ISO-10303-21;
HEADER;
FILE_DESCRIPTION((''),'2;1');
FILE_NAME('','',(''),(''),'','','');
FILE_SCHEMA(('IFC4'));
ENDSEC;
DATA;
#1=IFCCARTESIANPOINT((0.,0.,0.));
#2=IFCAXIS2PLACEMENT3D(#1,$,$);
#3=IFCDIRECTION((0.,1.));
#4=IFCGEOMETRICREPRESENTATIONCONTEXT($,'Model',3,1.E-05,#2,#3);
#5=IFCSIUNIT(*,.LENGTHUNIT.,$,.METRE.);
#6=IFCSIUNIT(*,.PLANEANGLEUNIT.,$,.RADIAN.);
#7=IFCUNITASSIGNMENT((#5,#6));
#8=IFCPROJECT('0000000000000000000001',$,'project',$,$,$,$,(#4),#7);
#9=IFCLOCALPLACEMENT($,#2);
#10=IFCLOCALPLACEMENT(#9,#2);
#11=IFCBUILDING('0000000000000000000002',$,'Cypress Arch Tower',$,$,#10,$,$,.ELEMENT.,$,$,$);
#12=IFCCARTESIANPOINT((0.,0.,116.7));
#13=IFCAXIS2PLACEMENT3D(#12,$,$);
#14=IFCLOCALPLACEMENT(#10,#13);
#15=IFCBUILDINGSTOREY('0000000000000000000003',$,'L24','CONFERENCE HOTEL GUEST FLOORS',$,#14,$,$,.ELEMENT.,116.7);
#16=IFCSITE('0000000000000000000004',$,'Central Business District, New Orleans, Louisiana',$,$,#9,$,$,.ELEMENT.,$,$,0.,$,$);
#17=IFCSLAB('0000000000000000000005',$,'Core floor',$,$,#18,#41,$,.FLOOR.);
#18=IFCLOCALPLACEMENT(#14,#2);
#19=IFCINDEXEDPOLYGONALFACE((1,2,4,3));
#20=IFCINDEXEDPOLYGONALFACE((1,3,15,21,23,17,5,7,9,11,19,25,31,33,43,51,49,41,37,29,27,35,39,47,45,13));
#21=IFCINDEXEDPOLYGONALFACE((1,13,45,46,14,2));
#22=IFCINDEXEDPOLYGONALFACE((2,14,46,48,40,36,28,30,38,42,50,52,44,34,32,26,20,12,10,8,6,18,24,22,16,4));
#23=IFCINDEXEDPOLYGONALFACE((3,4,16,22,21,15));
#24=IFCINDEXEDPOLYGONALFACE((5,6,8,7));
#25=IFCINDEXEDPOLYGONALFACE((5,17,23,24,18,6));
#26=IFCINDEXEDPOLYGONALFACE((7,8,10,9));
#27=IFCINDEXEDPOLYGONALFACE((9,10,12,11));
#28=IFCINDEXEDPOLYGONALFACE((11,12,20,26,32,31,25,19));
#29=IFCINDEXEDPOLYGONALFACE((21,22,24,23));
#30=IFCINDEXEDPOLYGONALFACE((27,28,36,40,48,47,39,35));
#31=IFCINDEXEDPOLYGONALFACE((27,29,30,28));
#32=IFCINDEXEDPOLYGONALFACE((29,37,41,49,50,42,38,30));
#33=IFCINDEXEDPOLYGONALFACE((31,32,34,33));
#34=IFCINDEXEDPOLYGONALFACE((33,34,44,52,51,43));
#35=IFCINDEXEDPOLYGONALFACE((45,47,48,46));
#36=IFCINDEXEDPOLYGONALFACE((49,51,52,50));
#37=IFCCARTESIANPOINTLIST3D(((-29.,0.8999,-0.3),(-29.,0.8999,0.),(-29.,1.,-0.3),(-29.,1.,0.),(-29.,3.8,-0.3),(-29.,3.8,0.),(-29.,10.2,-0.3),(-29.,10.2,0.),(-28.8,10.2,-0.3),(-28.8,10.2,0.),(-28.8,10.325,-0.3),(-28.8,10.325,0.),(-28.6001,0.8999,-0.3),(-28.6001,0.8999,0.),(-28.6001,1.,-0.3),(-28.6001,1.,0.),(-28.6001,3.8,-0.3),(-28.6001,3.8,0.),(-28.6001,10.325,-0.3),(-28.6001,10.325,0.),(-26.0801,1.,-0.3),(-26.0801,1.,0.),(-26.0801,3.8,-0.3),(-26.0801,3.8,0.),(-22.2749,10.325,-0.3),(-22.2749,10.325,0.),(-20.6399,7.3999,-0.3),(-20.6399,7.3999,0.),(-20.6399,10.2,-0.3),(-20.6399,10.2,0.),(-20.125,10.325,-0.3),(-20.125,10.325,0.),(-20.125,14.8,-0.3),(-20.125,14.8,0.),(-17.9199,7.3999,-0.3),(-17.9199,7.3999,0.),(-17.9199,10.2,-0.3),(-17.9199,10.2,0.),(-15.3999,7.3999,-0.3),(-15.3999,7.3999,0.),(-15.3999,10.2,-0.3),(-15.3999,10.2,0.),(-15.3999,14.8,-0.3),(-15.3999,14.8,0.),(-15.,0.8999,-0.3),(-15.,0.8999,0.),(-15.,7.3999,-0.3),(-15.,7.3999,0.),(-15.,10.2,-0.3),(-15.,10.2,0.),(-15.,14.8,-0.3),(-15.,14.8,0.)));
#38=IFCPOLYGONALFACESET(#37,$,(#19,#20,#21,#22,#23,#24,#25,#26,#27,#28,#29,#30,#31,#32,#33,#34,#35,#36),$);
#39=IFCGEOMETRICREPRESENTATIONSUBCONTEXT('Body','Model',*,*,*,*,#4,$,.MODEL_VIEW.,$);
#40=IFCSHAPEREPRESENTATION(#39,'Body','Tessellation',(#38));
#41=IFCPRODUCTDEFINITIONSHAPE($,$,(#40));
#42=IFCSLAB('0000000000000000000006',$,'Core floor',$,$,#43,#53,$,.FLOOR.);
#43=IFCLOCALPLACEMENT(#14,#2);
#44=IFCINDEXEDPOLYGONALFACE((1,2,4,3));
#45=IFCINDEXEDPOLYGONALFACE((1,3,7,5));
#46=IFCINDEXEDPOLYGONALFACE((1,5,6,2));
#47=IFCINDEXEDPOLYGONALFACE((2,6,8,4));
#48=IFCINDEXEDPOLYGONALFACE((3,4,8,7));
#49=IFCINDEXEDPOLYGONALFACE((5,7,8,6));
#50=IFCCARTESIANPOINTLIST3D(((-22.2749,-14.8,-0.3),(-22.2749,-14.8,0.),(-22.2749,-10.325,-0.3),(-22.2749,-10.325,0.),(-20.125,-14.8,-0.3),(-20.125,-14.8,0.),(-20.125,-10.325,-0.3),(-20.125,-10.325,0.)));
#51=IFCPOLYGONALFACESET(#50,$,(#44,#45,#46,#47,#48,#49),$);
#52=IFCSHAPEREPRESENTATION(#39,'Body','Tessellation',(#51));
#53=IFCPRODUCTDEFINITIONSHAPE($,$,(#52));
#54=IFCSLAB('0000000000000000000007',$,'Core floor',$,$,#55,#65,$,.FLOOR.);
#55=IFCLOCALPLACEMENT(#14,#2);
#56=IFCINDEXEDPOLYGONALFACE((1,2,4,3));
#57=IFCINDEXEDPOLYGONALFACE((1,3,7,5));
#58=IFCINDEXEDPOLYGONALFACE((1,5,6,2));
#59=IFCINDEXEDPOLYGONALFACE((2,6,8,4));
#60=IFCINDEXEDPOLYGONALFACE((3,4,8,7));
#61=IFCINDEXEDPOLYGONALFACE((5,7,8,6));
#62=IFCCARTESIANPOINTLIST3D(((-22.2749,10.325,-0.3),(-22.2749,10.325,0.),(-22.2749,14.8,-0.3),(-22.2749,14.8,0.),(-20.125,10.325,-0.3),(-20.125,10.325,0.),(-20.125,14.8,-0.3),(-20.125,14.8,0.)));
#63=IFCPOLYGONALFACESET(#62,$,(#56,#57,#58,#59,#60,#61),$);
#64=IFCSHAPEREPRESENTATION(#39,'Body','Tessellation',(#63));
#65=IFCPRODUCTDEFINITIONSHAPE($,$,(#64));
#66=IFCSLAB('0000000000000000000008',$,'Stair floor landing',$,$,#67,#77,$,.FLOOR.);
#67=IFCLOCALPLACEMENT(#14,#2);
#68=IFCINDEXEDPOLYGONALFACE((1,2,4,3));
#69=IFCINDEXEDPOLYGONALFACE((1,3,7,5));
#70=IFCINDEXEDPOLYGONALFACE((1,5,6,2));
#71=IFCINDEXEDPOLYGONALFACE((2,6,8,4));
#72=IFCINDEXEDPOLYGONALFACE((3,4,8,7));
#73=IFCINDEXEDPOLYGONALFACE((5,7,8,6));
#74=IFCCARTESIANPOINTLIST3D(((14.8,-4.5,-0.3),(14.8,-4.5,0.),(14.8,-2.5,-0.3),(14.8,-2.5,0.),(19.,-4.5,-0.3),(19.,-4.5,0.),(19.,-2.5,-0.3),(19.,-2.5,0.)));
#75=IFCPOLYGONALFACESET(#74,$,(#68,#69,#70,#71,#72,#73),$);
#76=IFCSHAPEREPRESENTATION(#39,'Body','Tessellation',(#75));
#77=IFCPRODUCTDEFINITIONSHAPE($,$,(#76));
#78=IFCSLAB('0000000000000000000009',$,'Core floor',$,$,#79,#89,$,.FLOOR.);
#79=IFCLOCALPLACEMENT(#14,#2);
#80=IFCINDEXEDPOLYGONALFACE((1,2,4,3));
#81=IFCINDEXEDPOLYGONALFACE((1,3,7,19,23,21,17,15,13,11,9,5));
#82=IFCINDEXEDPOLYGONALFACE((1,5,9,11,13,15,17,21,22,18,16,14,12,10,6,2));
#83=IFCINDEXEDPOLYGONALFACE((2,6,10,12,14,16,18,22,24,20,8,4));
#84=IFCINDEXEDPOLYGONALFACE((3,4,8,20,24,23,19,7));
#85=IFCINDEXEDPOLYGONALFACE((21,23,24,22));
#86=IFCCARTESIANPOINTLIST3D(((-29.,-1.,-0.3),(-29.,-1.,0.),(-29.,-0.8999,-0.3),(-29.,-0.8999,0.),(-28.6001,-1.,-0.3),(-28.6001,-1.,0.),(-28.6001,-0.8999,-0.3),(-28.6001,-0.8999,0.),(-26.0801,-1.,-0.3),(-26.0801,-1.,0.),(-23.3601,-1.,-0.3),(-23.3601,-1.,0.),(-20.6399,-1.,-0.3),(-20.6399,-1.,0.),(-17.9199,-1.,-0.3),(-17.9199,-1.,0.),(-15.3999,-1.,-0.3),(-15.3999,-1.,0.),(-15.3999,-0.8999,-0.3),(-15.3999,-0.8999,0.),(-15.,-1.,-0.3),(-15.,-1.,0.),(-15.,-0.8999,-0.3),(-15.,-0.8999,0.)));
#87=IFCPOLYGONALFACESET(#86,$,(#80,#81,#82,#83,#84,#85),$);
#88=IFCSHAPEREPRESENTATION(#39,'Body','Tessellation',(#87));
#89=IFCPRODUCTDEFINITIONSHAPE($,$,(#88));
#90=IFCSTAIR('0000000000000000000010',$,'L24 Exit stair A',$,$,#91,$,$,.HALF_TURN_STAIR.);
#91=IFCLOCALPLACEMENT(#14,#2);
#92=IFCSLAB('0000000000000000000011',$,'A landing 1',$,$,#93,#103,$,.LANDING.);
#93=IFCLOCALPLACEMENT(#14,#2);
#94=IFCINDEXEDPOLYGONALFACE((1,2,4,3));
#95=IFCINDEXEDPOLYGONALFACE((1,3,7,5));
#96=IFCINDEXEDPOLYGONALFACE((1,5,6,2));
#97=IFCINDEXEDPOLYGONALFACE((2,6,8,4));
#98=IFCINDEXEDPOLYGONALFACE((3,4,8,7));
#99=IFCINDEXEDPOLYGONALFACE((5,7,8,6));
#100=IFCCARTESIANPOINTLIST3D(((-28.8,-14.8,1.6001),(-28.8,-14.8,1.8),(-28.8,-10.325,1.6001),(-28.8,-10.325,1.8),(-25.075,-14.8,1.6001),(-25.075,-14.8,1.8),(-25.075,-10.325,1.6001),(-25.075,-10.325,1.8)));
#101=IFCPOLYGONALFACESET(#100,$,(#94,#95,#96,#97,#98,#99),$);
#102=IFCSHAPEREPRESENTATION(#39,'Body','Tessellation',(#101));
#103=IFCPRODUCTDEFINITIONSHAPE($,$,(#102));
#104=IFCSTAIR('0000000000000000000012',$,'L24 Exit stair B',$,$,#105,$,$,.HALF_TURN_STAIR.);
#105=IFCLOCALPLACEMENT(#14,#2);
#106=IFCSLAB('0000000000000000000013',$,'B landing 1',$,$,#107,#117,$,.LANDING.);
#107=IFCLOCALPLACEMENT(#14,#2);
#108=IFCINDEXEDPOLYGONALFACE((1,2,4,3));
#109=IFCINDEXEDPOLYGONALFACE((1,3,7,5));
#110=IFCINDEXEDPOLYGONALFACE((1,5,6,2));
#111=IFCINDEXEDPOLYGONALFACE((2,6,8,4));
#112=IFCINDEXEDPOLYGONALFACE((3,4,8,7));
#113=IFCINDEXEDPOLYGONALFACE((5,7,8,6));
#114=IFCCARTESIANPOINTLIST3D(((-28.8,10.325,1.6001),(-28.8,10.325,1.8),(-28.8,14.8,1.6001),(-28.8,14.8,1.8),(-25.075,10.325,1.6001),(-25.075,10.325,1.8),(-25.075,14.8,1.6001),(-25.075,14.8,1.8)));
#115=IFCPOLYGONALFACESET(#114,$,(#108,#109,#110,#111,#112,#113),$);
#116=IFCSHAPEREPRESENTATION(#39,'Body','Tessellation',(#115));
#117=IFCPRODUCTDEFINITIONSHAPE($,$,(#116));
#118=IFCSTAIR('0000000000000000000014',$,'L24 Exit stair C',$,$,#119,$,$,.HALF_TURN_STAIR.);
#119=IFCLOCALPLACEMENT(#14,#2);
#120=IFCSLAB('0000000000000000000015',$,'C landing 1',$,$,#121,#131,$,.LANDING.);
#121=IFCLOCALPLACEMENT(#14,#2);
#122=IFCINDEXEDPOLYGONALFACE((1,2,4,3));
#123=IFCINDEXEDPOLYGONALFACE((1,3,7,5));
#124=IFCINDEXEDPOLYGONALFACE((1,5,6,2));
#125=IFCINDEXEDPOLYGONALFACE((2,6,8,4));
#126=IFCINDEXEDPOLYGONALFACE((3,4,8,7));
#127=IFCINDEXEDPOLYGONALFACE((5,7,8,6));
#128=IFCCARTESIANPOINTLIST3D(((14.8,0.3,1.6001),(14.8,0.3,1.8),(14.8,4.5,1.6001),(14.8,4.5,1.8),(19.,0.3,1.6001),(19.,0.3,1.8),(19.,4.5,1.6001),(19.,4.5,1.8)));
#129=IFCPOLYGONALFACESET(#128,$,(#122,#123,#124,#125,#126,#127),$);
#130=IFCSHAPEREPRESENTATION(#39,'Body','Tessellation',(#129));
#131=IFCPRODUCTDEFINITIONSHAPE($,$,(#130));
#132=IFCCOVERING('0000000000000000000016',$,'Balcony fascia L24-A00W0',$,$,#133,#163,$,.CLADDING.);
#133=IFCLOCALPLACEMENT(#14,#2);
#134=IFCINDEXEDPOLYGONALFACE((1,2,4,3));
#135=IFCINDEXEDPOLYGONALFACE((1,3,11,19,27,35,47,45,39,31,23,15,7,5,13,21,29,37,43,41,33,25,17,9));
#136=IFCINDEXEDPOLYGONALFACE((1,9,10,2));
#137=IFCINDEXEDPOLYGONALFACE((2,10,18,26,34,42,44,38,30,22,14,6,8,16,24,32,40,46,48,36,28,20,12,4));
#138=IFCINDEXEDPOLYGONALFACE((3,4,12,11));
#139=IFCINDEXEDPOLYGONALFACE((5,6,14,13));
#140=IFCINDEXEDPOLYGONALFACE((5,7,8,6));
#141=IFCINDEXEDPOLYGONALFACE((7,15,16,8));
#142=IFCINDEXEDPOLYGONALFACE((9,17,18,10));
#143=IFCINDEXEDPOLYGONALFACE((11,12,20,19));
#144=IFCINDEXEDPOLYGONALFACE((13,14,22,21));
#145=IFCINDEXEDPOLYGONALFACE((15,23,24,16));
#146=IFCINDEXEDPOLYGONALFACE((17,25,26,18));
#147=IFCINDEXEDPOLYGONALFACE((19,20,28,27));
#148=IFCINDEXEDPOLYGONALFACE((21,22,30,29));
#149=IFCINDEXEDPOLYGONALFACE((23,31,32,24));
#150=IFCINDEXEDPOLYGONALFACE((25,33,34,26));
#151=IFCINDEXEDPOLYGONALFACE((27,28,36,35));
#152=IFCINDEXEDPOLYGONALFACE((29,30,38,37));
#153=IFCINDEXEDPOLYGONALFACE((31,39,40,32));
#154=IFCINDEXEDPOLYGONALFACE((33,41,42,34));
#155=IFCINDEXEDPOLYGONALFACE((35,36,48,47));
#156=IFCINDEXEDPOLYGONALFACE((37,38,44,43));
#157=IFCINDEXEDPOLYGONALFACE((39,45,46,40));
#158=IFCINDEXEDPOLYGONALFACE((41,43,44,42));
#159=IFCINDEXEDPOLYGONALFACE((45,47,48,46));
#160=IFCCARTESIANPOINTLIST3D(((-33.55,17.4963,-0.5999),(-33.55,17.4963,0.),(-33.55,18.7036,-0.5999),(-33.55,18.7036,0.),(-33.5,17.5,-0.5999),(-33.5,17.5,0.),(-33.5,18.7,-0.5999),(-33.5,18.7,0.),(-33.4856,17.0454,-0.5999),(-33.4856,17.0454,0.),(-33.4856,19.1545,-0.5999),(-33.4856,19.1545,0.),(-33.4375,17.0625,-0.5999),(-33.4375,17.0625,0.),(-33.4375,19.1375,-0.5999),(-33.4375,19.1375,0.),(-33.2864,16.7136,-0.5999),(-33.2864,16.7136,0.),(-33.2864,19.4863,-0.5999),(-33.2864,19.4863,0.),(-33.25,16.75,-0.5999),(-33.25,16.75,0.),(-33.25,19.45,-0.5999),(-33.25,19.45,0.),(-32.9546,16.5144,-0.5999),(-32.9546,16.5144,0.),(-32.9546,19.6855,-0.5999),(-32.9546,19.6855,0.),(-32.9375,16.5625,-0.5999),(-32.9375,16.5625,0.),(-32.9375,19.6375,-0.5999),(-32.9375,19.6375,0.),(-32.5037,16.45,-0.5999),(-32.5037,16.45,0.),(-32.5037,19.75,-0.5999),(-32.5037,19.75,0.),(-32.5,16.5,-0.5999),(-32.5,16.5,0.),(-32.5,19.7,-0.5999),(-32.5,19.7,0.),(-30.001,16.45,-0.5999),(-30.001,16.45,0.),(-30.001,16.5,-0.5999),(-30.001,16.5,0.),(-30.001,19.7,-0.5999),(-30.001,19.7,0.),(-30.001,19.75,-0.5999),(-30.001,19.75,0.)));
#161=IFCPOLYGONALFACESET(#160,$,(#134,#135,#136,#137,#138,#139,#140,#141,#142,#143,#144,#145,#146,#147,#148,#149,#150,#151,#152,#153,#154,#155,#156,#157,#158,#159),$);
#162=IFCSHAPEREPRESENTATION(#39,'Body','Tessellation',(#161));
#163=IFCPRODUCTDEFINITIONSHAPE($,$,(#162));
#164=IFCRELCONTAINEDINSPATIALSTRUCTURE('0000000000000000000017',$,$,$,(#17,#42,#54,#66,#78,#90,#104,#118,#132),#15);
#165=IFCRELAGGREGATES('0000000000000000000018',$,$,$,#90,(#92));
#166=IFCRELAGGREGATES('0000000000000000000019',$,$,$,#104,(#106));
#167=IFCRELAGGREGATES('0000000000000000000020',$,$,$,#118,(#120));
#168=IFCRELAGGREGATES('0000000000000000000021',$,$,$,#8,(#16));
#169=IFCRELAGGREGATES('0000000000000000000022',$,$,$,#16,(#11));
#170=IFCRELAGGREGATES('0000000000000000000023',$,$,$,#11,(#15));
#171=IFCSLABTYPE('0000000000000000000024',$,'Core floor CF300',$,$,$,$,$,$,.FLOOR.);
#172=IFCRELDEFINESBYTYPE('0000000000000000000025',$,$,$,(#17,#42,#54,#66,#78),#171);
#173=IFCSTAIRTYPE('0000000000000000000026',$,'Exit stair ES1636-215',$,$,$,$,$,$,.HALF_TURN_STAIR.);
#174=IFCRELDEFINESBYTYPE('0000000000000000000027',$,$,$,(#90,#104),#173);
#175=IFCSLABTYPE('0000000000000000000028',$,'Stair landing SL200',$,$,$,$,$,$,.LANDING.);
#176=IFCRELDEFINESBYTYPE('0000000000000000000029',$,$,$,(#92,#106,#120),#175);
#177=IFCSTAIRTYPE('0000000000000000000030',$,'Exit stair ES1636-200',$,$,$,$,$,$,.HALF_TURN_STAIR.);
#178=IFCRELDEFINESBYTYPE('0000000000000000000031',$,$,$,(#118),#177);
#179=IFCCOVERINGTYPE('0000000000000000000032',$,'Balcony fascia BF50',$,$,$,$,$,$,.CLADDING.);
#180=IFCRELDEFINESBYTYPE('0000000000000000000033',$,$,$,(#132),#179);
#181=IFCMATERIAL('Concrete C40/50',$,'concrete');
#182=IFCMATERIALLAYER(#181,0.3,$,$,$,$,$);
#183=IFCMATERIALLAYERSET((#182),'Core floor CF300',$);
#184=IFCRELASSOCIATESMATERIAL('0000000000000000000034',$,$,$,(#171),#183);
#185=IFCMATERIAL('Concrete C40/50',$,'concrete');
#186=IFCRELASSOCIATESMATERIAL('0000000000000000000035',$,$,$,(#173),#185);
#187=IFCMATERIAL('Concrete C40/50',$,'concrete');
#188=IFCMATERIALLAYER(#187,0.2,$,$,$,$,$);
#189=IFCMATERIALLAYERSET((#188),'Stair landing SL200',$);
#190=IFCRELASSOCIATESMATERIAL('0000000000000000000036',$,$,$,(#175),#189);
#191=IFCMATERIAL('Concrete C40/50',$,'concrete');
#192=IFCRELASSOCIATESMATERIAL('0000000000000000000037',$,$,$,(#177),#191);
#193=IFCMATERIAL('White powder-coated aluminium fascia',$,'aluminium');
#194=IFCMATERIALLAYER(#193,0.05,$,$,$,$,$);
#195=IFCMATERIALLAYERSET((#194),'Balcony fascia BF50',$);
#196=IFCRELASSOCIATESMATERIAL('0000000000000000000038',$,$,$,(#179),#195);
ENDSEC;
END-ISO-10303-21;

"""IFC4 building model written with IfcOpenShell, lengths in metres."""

from ifc_helpers import new_model, si_unit, direction, frame, origin, place, context, subcontext, project, spatial, polyline, outline, extrude, material, layer, layer_set, type_object, element, aggregate, save


model = new_model("IFC4")

# Units and contexts
model_context = context("Model", 3, precision=1e-05, world=origin(), true_north=direction((0.0, 1.0)))
body_context = subcontext(model_context, "Body", "Model", "MODEL_VIEW")
ifc_project = project(units=[si_unit("LENGTHUNIT", "METRE"), si_unit("PLANEANGLEUNIT", "RADIAN")], contexts=[model_context])

# Site, building, storey
site_placement = place(None, origin())
site = spatial("IfcSite", under=ifc_project, at=site_placement, Name="Central Business District, New Orleans, Louisiana", CompositionType="ELEMENT", RefElevation=0.0)
building_placement = place(site_placement, origin())
building = spatial("IfcBuilding", under=site, at=building_placement, Name="Cypress Arch Tower", CompositionType="ELEMENT")
storey_placement = place(building_placement, frame((0.0, 0.0, 116.7)))
storey = spatial("IfcBuildingStorey", under=building, at=storey_placement, Name="L24", Description="CONFERENCE HOTEL GUEST FLOORS", CompositionType="ELEMENT", Elevation=116.7)

# Slabs
ifc_material_1 = material(Name="Concrete C40/50", Category="concrete")
ifc_layer_1 = layer(ifc_material_1, 0.3)
ifc_layer_set_1 = layer_set([ifc_layer_1], Name="Core floor CF300")
slab_type_1 = type_object("IfcSlabType", Name="Core floor CF300", PredefinedType="FLOOR", material=ifc_layer_set_1)
slab_1_placement = place(storey_placement, frame((0.0, 0.0, -0.3)))
element("IfcSlab", 1, at=slab_1_placement, inside=storey, type_object=slab_type_1, Name="Core floor", PredefinedType="FLOOR", context=body_context, shape_type="SweptSolid", body=[
    extrude(outline(polyline([(-29.0, 3.8), (-29.0, 10.2), (-28.8, 10.2), (-28.8, 10.325), (-28.6001, 10.325), (-22.2749, 10.325), (-20.125, 10.325), (-20.125, 14.8), (-15.3999, 14.8), (-15.0, 14.8), (-15.0, 10.2), (-15.3999, 10.2), (-17.9199, 10.2), (-20.6399, 10.2), (-20.6399, 7.3999), (-17.9199, 7.3999), (-15.3999, 7.3999), (-15.0, 7.3999), (-15.0, 0.8999), (-28.6001, 0.8999), (-29.0, 0.8999), (-29.0, 1.0), (-28.6001, 1.0), (-26.0801, 1.0), (-26.0801, 3.8), (-28.6001, 3.8), (-29.0, 3.8)])), origin(), (0.0, 0.0, 1.0), 0.3),
])
slab_2_placement = place(storey_placement, frame((0.0, 0.0, -0.3)))
element("IfcSlab", 2, at=slab_2_placement, inside=storey, type_object=slab_type_1, Name="Core floor", PredefinedType="FLOOR", context=body_context, shape_type="SweptSolid", body=[
    extrude(outline(polyline([(-22.2749, -10.325), (-22.2749, -14.8), (-20.125, -14.8), (-20.125, -10.325), (-22.2749, -10.325)])), origin(), (0.0, 0.0, 1.0), 0.3),
])
slab_3_placement = place(storey_placement, frame((0.0, 0.0, -0.3)))
element("IfcSlab", 3, at=slab_3_placement, inside=storey, type_object=slab_type_1, Name="Core floor", PredefinedType="FLOOR", context=body_context, shape_type="SweptSolid", body=[
    extrude(outline(polyline([(-20.125, 14.8), (-22.2749, 14.8), (-22.2749, 10.325), (-20.125, 10.325), (-20.125, 14.8)])), origin(), (0.0, 0.0, 1.0), 0.3),
])
slab_4_placement = place(storey_placement, frame((0.0, 0.0, -0.3)))
element("IfcSlab", 4, at=slab_4_placement, inside=storey, type_object=slab_type_1, Name="Stair floor landing", PredefinedType="FLOOR", context=body_context, shape_type="SweptSolid", body=[
    extrude(outline(polyline([(19.0, -4.5), (19.0, -2.5), (14.8, -2.5), (14.8, -4.5), (19.0, -4.5)])), origin(), (0.0, 0.0, 1.0), 0.3),
])
slab_5_placement = place(storey_placement, frame((0.0, 0.0, -0.3)))
element("IfcSlab", 5, at=slab_5_placement, inside=storey, type_object=slab_type_1, Name="Core floor", PredefinedType="FLOOR", context=body_context, shape_type="SweptSolid", body=[
    extrude(outline(polyline([(-20.6399, -1.0), (-23.3601, -1.0), (-26.0801, -1.0), (-28.6001, -1.0), (-29.0, -1.0), (-29.0, -0.8999), (-28.6001, -0.8999), (-15.3999, -0.8999), (-15.0, -0.8999), (-15.0, -1.0), (-15.3999, -1.0), (-17.9199, -1.0), (-20.6399, -1.0)])), origin(), (0.0, 0.0, 1.0), 0.3),
])

# Stairs, slabs
ifc_material_2 = material(Name="Concrete C40/50", Category="concrete")
stair_type_1 = type_object("IfcStairType", Name="Exit stair ES1636-215", PredefinedType="HALF_TURN_STAIR", material=ifc_material_2)
stair_1_placement = place(storey_placement, origin())
stair_1 = element("IfcStair", 6, at=stair_1_placement, inside=storey, type_object=stair_type_1, Name="L24 Exit stair A", PredefinedType="HALF_TURN_STAIR")
ifc_material_3 = material(Name="Concrete C40/50", Category="concrete")
ifc_layer_2 = layer(ifc_material_3, 0.2)
ifc_layer_set_2 = layer_set([ifc_layer_2], Name="Stair landing SL200")
slab_type_2 = type_object("IfcSlabType", Name="Stair landing SL200", PredefinedType="LANDING", material=ifc_layer_set_2)
slab_6_placement = place(storey_placement, frame((0.0, 0.0, 1.6001)))
slab_6 = element("IfcSlab", 7, at=slab_6_placement, type_object=slab_type_2, Name="A landing 1", PredefinedType="LANDING", context=body_context, shape_type="SweptSolid", body=[
    extrude(outline(polyline([(-25.075, -10.325), (-28.8, -10.325), (-28.8, -14.8), (-25.075, -14.8), (-25.075, -10.325)])), origin(), (0.0, 0.0, 1.0), 0.2),
])
aggregate(stair_1, [slab_6])
stair_2_placement = place(storey_placement, origin())
stair_2 = element("IfcStair", 8, at=stair_2_placement, inside=storey, type_object=stair_type_1, Name="L24 Exit stair B", PredefinedType="HALF_TURN_STAIR")
slab_7_placement = place(storey_placement, frame((0.0, 0.0, 1.6001)))
slab_7 = element("IfcSlab", 9, at=slab_7_placement, type_object=slab_type_2, Name="B landing 1", PredefinedType="LANDING", context=body_context, shape_type="SweptSolid", body=[
    extrude(outline(polyline([(-25.075, 14.8), (-28.8, 14.8), (-28.8, 10.325), (-25.075, 10.325), (-25.075, 14.8)])), origin(), (0.0, 0.0, 1.0), 0.2),
])
aggregate(stair_2, [slab_7])
ifc_material_4 = material(Name="Concrete C40/50", Category="concrete")
stair_type_2 = type_object("IfcStairType", Name="Exit stair ES1636-200", PredefinedType="HALF_TURN_STAIR", material=ifc_material_4)
stair_3_placement = place(storey_placement, origin())
stair_3 = element("IfcStair", 10, at=stair_3_placement, inside=storey, type_object=stair_type_2, Name="L24 Exit stair C", PredefinedType="HALF_TURN_STAIR")
slab_8_placement = place(storey_placement, frame((0.0, 0.0, 1.6001)))
slab_8 = element("IfcSlab", 11, at=slab_8_placement, type_object=slab_type_2, Name="C landing 1", PredefinedType="LANDING", context=body_context, shape_type="SweptSolid", body=[
    extrude(outline(polyline([(19.0, 0.3), (19.0, 4.5), (14.8, 4.5), (14.8, 0.3), (19.0, 0.3)])), origin(), (0.0, 0.0, 1.0), 0.2),
])
aggregate(stair_3, [slab_8])

# Covering
ifc_material_5 = material(Name="White powder-coated aluminium fascia", Category="aluminium")
ifc_layer_3 = layer(ifc_material_5, 0.05)
ifc_layer_set_3 = layer_set([ifc_layer_3], Name="Balcony fascia BF50")
covering_type_1 = type_object("IfcCoveringType", Name="Balcony fascia BF50", PredefinedType="CLADDING", material=ifc_layer_set_3)
covering_1_placement = place(storey_placement, frame((0.0, 0.0, -0.5999)))
element("IfcCovering", 12, at=covering_1_placement, inside=storey, type_object=covering_type_1, Name="Balcony fascia L24-A00W0", PredefinedType="CLADDING", context=body_context, shape_type="SweptSolid", body=[
    extrude(outline(polyline([(-32.5037, 16.45), (-32.9546, 16.5144), (-33.2864, 16.7136), (-33.4856, 17.0454), (-33.55, 17.4963), (-33.55, 18.7036), (-33.4856, 19.1545), (-33.2864, 19.4863), (-32.9546, 19.6855), (-32.5037, 19.75), (-30.001, 19.75), (-30.001, 19.7), (-32.5, 19.7), (-32.9375, 19.6375), (-33.25, 19.45), (-33.4375, 19.1375), (-33.5, 18.7), (-33.5, 17.5), (-33.4375, 17.0625), (-33.25, 16.75), (-32.9375, 16.5625), (-32.5, 16.5), (-30.001, 16.5), (-30.001, 16.45), (-32.5037, 16.45)])), origin(), (0.0, 0.0, 1.0), 0.5999),
])

save(model, "model.ifc")
